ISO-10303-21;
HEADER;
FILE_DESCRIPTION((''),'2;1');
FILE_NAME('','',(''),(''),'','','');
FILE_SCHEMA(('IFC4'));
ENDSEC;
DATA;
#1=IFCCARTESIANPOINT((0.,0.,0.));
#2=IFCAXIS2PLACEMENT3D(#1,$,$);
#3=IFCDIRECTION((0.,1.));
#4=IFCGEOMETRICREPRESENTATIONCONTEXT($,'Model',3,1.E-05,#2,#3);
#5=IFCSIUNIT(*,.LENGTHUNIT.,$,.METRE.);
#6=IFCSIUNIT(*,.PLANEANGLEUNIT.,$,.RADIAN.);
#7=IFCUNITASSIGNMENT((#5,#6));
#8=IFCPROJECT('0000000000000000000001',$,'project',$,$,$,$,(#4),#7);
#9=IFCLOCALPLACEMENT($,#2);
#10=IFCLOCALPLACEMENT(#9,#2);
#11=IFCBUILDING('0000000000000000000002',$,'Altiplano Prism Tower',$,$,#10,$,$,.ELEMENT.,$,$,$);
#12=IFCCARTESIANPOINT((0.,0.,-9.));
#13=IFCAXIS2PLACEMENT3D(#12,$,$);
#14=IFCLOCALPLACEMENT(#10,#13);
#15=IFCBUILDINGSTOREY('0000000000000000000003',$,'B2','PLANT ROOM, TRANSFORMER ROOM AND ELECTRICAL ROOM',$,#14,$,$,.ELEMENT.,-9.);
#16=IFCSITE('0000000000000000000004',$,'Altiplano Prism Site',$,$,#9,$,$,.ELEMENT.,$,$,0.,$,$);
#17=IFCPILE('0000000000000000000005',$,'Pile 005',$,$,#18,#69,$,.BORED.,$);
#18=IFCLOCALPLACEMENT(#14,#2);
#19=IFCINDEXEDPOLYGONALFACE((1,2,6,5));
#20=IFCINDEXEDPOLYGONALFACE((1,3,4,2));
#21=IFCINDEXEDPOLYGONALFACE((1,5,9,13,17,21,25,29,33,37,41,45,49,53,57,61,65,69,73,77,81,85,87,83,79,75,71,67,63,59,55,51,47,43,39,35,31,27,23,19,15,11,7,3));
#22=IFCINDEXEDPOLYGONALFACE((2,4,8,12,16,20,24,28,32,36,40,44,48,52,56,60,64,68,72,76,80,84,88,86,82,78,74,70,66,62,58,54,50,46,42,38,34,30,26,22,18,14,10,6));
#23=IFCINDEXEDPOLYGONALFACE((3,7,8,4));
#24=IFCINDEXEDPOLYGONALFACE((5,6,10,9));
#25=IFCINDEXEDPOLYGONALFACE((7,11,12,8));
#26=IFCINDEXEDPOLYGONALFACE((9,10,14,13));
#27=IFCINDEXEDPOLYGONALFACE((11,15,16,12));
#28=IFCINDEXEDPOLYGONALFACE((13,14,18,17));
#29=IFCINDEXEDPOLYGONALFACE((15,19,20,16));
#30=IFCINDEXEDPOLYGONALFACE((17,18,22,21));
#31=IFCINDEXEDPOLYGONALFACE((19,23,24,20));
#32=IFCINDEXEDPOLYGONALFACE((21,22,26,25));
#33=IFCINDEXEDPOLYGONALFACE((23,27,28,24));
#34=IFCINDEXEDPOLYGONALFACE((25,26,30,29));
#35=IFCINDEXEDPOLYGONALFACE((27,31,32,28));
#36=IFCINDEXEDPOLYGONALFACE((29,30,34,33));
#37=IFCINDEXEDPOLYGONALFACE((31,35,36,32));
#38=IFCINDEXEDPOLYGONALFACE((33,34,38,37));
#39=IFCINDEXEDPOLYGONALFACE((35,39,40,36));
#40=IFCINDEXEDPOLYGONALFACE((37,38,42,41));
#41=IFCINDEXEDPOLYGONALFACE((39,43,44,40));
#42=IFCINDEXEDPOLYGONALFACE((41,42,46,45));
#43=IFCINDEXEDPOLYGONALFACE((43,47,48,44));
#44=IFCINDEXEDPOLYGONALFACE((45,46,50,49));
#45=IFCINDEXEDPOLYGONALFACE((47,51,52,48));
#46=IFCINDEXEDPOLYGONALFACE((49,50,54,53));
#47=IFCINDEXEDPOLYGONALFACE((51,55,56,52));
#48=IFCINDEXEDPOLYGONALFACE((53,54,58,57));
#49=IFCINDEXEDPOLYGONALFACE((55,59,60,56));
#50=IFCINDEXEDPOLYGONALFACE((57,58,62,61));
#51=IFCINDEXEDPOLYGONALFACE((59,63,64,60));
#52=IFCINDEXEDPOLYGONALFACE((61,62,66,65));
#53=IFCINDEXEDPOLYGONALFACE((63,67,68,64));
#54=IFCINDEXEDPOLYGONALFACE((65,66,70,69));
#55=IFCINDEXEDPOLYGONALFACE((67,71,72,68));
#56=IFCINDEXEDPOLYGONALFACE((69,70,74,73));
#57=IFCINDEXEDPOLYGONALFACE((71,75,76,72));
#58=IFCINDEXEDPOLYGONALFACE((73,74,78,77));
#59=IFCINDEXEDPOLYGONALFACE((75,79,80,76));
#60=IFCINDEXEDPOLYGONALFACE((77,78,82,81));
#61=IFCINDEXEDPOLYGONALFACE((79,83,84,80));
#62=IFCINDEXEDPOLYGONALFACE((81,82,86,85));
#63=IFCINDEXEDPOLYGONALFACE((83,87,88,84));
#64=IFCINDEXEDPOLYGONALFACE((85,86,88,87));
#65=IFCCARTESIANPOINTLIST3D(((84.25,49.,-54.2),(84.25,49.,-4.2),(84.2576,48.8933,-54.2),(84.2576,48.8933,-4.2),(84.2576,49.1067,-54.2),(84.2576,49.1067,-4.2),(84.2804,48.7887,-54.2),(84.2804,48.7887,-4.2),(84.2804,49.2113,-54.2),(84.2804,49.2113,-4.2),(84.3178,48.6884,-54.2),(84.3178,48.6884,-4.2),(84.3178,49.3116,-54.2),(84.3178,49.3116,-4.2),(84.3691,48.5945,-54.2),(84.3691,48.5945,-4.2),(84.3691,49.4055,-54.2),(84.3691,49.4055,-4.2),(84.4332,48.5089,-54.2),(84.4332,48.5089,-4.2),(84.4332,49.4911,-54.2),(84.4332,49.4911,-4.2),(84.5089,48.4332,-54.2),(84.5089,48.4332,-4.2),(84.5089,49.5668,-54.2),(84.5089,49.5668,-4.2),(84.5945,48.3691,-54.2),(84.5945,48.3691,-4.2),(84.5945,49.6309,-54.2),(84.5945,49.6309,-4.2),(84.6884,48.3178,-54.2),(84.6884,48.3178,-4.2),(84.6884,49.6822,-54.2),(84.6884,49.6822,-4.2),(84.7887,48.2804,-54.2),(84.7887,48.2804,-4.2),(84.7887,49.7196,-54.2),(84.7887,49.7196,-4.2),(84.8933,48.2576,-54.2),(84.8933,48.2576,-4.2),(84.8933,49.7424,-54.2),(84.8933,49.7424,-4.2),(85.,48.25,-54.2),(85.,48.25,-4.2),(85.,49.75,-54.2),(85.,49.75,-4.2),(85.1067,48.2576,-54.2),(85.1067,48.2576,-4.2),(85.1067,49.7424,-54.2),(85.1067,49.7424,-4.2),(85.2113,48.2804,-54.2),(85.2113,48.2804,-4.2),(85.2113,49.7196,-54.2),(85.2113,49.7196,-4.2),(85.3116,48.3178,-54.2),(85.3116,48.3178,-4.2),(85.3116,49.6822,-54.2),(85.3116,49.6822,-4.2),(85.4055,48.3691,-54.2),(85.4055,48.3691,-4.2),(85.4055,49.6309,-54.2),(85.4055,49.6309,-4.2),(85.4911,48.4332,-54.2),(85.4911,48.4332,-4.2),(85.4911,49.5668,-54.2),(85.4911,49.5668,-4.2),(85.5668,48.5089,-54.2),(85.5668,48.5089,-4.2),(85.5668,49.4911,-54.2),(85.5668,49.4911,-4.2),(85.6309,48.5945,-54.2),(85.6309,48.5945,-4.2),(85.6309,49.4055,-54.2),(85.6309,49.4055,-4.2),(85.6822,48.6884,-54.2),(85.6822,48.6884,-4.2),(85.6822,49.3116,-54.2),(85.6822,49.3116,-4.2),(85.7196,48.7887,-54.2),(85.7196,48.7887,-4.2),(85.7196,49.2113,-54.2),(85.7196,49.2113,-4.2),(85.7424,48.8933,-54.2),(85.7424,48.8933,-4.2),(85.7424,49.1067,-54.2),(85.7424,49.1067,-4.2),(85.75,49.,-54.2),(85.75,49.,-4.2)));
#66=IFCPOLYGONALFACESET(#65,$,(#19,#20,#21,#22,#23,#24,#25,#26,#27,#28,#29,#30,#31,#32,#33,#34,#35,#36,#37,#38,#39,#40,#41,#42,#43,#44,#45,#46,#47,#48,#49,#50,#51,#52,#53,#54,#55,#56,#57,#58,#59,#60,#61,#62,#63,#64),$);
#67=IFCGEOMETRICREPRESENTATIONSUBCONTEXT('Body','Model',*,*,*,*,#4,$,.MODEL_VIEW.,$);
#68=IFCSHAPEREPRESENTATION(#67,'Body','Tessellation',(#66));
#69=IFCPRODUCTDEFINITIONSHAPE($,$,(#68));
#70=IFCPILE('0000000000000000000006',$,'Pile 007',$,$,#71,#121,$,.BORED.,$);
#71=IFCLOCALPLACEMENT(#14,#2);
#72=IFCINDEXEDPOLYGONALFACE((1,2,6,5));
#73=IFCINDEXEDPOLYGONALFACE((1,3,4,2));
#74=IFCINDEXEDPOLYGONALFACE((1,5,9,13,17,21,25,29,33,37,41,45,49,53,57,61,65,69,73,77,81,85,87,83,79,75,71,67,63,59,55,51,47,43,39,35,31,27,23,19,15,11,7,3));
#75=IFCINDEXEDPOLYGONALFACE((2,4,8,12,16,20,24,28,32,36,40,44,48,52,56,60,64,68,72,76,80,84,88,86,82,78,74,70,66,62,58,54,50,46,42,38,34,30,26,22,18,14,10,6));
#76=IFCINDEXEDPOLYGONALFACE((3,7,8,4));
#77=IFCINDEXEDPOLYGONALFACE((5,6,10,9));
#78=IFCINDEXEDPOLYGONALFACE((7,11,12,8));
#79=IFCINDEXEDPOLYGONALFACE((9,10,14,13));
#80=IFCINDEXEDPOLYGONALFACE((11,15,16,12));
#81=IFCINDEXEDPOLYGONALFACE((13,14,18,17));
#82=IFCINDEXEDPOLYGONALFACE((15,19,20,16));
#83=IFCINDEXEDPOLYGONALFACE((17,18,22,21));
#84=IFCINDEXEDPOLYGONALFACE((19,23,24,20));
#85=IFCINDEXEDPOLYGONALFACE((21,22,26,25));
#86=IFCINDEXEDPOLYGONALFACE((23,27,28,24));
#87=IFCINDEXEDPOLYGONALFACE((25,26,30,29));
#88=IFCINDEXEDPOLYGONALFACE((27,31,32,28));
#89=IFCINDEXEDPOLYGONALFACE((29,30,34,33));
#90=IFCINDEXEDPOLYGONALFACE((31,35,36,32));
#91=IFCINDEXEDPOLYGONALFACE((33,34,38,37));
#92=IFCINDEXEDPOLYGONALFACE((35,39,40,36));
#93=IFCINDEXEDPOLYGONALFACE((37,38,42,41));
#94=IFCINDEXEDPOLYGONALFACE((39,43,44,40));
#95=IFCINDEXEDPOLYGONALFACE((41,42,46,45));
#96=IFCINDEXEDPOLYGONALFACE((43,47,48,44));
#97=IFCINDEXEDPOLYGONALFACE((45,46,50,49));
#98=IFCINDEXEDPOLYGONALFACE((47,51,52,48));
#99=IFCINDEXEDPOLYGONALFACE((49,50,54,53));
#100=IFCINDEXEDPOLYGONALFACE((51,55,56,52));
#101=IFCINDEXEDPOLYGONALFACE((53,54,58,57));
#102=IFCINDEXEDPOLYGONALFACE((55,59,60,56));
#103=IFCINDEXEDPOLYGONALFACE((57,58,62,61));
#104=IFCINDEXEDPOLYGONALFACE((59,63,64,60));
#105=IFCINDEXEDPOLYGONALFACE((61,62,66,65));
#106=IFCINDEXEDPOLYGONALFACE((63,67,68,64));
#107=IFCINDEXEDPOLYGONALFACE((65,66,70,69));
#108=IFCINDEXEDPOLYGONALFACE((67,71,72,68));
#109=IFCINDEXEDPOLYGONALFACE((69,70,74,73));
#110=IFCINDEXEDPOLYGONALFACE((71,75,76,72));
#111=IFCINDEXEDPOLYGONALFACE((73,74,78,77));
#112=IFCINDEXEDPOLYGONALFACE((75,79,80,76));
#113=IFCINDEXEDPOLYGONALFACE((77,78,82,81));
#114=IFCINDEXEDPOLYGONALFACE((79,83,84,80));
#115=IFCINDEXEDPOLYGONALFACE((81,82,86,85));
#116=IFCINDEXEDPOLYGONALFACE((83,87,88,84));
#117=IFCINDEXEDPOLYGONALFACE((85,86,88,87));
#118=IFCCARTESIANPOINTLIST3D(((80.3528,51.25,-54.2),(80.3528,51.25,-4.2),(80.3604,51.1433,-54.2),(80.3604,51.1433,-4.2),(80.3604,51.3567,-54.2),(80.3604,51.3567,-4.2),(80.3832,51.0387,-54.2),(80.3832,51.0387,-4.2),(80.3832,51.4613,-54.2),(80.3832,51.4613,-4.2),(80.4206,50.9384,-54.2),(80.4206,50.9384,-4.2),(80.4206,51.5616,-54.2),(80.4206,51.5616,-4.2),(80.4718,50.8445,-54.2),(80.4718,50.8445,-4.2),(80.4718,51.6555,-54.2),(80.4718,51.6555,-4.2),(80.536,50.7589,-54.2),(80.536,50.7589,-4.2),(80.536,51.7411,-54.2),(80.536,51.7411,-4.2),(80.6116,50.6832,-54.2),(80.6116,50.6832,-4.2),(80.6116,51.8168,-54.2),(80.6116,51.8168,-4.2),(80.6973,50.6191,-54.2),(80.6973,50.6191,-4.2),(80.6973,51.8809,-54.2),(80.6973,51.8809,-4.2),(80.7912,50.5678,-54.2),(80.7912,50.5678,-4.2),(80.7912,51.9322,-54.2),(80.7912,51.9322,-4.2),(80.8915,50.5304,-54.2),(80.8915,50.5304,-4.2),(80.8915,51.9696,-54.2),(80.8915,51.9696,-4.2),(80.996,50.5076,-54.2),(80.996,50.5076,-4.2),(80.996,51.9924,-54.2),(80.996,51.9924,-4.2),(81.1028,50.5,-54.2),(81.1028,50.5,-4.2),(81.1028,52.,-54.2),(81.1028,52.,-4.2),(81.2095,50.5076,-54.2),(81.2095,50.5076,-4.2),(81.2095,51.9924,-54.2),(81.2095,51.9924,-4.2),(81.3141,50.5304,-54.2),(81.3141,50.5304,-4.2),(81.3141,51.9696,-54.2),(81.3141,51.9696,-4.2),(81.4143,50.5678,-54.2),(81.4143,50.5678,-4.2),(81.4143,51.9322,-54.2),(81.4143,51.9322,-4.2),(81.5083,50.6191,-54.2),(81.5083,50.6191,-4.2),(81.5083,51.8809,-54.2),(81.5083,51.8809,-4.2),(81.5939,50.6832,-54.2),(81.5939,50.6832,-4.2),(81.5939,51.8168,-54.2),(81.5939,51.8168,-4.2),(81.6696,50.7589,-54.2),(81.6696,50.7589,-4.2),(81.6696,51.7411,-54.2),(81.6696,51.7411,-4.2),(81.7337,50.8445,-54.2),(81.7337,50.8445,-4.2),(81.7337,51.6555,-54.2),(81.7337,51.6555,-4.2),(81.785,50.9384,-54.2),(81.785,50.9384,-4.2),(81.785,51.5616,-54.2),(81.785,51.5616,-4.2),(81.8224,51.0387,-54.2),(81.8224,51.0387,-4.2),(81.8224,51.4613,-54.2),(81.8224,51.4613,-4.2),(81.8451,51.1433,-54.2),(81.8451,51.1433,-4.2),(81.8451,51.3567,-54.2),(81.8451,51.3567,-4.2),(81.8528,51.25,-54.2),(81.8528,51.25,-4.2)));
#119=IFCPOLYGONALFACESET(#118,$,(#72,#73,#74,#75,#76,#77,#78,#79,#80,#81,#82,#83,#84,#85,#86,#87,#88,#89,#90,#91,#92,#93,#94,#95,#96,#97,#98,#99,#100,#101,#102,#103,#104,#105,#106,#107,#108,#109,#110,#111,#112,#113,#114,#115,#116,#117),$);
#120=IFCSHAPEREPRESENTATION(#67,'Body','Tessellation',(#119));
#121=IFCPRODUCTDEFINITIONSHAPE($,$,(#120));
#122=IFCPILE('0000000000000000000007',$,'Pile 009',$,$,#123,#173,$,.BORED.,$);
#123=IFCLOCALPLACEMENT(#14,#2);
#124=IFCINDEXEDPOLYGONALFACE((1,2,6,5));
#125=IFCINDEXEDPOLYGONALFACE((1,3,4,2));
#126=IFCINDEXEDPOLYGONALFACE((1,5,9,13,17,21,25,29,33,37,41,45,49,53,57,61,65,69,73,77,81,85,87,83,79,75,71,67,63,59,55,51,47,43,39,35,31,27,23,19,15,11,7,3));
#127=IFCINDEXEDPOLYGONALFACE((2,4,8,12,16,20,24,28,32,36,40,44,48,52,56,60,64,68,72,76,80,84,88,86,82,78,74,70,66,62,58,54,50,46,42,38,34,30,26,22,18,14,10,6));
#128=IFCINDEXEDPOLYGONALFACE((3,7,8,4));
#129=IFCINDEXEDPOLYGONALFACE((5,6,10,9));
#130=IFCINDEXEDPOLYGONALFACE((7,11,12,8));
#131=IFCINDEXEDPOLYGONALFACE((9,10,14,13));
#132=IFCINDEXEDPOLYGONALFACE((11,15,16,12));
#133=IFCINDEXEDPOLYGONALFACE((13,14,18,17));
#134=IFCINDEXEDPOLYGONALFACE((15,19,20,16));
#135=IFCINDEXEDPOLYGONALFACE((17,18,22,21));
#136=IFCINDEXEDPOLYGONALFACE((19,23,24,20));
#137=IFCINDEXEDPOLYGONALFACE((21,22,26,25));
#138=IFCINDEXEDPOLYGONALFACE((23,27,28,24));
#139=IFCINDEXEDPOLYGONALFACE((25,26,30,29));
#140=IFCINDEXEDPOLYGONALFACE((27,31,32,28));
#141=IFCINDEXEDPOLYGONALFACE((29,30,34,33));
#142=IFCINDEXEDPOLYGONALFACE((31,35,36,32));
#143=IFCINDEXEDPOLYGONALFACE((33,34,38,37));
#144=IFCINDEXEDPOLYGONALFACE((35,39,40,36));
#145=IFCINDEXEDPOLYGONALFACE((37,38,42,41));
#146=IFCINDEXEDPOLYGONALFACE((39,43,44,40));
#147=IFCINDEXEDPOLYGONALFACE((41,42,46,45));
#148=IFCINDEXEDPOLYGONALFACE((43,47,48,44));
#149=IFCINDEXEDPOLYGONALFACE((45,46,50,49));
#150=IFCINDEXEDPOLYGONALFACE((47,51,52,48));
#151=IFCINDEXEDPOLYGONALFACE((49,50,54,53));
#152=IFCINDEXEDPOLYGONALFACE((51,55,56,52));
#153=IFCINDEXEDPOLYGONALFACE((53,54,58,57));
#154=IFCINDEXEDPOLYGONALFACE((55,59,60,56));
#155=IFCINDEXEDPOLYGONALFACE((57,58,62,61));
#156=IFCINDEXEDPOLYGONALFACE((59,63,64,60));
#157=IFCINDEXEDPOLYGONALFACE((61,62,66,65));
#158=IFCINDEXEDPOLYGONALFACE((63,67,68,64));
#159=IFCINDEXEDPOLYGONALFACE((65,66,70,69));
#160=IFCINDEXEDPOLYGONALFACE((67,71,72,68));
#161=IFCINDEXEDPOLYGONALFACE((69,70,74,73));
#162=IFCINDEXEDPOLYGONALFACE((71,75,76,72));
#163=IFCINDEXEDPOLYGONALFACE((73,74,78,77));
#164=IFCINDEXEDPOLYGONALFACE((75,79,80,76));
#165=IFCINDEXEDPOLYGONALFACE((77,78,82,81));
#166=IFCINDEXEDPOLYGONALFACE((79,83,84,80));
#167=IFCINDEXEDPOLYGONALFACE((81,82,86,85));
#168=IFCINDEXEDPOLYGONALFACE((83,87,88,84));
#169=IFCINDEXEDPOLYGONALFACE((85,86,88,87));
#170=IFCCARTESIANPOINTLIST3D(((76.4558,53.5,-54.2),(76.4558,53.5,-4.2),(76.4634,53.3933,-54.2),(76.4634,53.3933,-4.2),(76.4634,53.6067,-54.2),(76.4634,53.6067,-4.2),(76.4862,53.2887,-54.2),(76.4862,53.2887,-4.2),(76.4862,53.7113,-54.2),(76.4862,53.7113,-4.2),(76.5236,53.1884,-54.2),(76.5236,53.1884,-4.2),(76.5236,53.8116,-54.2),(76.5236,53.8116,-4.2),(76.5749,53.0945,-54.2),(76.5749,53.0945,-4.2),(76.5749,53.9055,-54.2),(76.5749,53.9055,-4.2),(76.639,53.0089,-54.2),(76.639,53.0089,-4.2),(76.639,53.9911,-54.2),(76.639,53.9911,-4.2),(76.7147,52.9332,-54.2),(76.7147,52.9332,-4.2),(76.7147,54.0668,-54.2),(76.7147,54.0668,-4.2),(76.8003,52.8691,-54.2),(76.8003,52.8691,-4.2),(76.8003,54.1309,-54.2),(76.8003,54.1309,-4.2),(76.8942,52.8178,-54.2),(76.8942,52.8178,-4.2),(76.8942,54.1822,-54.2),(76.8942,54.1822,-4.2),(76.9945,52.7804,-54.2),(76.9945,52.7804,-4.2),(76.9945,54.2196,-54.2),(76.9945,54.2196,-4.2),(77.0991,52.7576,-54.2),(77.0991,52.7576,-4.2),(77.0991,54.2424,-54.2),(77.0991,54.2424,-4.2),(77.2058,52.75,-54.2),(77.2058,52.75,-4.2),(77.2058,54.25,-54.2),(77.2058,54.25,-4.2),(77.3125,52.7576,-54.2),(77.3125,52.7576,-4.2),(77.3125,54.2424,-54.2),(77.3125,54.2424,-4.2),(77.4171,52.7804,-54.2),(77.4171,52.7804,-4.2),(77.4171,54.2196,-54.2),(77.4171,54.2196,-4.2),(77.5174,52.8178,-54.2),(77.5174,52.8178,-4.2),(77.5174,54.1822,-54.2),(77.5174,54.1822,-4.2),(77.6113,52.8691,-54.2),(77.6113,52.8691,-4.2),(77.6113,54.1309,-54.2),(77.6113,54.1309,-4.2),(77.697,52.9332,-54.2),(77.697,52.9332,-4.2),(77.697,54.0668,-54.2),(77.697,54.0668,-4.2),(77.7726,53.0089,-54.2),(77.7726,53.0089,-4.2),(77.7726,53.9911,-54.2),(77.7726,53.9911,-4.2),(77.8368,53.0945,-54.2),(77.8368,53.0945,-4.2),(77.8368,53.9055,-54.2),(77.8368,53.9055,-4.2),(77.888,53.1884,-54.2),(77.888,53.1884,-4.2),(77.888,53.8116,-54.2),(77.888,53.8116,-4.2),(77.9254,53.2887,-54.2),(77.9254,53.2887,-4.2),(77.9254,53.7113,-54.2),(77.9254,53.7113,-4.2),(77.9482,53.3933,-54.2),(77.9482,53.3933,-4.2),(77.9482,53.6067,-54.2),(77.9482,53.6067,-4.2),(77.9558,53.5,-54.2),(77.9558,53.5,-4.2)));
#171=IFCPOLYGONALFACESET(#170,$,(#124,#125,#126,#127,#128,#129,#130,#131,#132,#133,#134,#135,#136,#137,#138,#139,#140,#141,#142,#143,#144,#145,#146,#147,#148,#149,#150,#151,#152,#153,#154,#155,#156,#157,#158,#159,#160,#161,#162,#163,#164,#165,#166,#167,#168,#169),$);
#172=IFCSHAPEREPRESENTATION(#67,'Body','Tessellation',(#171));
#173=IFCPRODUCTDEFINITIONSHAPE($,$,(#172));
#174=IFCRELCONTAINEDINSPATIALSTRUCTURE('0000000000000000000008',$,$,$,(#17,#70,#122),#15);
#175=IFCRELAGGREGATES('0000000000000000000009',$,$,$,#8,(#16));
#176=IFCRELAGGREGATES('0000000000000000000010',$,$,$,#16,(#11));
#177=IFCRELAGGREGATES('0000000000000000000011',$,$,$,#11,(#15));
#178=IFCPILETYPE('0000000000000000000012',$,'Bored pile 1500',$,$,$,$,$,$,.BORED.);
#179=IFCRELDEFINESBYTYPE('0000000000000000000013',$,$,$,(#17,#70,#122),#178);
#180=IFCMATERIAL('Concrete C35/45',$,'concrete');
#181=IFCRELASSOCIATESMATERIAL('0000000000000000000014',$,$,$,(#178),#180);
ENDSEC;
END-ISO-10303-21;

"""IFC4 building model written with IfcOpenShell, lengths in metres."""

from ifc_helpers import new_model, si_unit, direction, frame, origin, origin_2d, place, context, subcontext, project, spatial, circle, extrude, material, material_profile, profile_set, type_object, element, save


model = new_model("IFC4")

# Units and contexts
model_context = context("Model", 3, precision=1e-05, world=origin(), true_north=direction((0.0, 1.0)))
body_context = subcontext(model_context, "Body", "Model", "MODEL_VIEW")
ifc_project = project(units=[si_unit("LENGTHUNIT", "METRE"), si_unit("PLANEANGLEUNIT", "RADIAN")], contexts=[model_context])

# Site, building, storey
site_placement = place(None, origin())
site = spatial("IfcSite", under=ifc_project, at=site_placement, Name="Altiplano Prism Site", CompositionType="ELEMENT", RefElevation=0.0)
building_placement = place(site_placement, origin())
building = spatial("IfcBuilding", under=site, at=building_placement, Name="Altiplano Prism Tower", CompositionType="ELEMENT")
storey_placement = place(building_placement, frame((0.0, 0.0, -9.0)))
storey = spatial("IfcBuildingStorey", under=building, at=storey_placement, Name="B2", Description="PLANT ROOM, TRANSFORMER ROOM AND ELECTRICAL ROOM", CompositionType="ELEMENT", Elevation=-9.0)

# Piles
ifc_material_1 = material(Name="Concrete C35/45", Category="concrete")
ifc_material_profile_1 = material_profile(ifc_material_1, circle(Radius=0.75, at=origin_2d()), Name="Bored pile 1500")
ifc_profile_set_1 = profile_set([ifc_material_profile_1], Name="Concrete C35/45")
pile_type = type_object("IfcPileType", Name="Bored pile 1500", PredefinedType="BORED", material=ifc_profile_set_1)
for number, where, z_axis, x_axis, name in (
    (1, (85.0, 49.0, -4.2), (0.0, 0.0, -1.0), (1.0, 0.0, 0.0), "Pile 005"),
    (2, (81.1028, 51.25, -4.2), (0.0, 0.0, -1.0), (1.0, 0.0, 0.0), "Pile 007"),
    (3, (77.2058, 53.5, -4.2), (0.0, 0.0, -1.0), (1.0, 0.0, 0.0), "Pile 009"),
):
    element("IfcPile", number, at=place(storey_placement, frame(where, z_axis=z_axis, x_axis=x_axis)), inside=storey, type_object=pile_type, Name=name, PredefinedType="BORED", context=body_context, shape_type="SweptSolid", body=[
        extrude(circle(Radius=0.75, at=origin_2d()), origin(), (0.0, 0.0, 1.0), 50.0),
    ])

save(model, "model.ifc")
